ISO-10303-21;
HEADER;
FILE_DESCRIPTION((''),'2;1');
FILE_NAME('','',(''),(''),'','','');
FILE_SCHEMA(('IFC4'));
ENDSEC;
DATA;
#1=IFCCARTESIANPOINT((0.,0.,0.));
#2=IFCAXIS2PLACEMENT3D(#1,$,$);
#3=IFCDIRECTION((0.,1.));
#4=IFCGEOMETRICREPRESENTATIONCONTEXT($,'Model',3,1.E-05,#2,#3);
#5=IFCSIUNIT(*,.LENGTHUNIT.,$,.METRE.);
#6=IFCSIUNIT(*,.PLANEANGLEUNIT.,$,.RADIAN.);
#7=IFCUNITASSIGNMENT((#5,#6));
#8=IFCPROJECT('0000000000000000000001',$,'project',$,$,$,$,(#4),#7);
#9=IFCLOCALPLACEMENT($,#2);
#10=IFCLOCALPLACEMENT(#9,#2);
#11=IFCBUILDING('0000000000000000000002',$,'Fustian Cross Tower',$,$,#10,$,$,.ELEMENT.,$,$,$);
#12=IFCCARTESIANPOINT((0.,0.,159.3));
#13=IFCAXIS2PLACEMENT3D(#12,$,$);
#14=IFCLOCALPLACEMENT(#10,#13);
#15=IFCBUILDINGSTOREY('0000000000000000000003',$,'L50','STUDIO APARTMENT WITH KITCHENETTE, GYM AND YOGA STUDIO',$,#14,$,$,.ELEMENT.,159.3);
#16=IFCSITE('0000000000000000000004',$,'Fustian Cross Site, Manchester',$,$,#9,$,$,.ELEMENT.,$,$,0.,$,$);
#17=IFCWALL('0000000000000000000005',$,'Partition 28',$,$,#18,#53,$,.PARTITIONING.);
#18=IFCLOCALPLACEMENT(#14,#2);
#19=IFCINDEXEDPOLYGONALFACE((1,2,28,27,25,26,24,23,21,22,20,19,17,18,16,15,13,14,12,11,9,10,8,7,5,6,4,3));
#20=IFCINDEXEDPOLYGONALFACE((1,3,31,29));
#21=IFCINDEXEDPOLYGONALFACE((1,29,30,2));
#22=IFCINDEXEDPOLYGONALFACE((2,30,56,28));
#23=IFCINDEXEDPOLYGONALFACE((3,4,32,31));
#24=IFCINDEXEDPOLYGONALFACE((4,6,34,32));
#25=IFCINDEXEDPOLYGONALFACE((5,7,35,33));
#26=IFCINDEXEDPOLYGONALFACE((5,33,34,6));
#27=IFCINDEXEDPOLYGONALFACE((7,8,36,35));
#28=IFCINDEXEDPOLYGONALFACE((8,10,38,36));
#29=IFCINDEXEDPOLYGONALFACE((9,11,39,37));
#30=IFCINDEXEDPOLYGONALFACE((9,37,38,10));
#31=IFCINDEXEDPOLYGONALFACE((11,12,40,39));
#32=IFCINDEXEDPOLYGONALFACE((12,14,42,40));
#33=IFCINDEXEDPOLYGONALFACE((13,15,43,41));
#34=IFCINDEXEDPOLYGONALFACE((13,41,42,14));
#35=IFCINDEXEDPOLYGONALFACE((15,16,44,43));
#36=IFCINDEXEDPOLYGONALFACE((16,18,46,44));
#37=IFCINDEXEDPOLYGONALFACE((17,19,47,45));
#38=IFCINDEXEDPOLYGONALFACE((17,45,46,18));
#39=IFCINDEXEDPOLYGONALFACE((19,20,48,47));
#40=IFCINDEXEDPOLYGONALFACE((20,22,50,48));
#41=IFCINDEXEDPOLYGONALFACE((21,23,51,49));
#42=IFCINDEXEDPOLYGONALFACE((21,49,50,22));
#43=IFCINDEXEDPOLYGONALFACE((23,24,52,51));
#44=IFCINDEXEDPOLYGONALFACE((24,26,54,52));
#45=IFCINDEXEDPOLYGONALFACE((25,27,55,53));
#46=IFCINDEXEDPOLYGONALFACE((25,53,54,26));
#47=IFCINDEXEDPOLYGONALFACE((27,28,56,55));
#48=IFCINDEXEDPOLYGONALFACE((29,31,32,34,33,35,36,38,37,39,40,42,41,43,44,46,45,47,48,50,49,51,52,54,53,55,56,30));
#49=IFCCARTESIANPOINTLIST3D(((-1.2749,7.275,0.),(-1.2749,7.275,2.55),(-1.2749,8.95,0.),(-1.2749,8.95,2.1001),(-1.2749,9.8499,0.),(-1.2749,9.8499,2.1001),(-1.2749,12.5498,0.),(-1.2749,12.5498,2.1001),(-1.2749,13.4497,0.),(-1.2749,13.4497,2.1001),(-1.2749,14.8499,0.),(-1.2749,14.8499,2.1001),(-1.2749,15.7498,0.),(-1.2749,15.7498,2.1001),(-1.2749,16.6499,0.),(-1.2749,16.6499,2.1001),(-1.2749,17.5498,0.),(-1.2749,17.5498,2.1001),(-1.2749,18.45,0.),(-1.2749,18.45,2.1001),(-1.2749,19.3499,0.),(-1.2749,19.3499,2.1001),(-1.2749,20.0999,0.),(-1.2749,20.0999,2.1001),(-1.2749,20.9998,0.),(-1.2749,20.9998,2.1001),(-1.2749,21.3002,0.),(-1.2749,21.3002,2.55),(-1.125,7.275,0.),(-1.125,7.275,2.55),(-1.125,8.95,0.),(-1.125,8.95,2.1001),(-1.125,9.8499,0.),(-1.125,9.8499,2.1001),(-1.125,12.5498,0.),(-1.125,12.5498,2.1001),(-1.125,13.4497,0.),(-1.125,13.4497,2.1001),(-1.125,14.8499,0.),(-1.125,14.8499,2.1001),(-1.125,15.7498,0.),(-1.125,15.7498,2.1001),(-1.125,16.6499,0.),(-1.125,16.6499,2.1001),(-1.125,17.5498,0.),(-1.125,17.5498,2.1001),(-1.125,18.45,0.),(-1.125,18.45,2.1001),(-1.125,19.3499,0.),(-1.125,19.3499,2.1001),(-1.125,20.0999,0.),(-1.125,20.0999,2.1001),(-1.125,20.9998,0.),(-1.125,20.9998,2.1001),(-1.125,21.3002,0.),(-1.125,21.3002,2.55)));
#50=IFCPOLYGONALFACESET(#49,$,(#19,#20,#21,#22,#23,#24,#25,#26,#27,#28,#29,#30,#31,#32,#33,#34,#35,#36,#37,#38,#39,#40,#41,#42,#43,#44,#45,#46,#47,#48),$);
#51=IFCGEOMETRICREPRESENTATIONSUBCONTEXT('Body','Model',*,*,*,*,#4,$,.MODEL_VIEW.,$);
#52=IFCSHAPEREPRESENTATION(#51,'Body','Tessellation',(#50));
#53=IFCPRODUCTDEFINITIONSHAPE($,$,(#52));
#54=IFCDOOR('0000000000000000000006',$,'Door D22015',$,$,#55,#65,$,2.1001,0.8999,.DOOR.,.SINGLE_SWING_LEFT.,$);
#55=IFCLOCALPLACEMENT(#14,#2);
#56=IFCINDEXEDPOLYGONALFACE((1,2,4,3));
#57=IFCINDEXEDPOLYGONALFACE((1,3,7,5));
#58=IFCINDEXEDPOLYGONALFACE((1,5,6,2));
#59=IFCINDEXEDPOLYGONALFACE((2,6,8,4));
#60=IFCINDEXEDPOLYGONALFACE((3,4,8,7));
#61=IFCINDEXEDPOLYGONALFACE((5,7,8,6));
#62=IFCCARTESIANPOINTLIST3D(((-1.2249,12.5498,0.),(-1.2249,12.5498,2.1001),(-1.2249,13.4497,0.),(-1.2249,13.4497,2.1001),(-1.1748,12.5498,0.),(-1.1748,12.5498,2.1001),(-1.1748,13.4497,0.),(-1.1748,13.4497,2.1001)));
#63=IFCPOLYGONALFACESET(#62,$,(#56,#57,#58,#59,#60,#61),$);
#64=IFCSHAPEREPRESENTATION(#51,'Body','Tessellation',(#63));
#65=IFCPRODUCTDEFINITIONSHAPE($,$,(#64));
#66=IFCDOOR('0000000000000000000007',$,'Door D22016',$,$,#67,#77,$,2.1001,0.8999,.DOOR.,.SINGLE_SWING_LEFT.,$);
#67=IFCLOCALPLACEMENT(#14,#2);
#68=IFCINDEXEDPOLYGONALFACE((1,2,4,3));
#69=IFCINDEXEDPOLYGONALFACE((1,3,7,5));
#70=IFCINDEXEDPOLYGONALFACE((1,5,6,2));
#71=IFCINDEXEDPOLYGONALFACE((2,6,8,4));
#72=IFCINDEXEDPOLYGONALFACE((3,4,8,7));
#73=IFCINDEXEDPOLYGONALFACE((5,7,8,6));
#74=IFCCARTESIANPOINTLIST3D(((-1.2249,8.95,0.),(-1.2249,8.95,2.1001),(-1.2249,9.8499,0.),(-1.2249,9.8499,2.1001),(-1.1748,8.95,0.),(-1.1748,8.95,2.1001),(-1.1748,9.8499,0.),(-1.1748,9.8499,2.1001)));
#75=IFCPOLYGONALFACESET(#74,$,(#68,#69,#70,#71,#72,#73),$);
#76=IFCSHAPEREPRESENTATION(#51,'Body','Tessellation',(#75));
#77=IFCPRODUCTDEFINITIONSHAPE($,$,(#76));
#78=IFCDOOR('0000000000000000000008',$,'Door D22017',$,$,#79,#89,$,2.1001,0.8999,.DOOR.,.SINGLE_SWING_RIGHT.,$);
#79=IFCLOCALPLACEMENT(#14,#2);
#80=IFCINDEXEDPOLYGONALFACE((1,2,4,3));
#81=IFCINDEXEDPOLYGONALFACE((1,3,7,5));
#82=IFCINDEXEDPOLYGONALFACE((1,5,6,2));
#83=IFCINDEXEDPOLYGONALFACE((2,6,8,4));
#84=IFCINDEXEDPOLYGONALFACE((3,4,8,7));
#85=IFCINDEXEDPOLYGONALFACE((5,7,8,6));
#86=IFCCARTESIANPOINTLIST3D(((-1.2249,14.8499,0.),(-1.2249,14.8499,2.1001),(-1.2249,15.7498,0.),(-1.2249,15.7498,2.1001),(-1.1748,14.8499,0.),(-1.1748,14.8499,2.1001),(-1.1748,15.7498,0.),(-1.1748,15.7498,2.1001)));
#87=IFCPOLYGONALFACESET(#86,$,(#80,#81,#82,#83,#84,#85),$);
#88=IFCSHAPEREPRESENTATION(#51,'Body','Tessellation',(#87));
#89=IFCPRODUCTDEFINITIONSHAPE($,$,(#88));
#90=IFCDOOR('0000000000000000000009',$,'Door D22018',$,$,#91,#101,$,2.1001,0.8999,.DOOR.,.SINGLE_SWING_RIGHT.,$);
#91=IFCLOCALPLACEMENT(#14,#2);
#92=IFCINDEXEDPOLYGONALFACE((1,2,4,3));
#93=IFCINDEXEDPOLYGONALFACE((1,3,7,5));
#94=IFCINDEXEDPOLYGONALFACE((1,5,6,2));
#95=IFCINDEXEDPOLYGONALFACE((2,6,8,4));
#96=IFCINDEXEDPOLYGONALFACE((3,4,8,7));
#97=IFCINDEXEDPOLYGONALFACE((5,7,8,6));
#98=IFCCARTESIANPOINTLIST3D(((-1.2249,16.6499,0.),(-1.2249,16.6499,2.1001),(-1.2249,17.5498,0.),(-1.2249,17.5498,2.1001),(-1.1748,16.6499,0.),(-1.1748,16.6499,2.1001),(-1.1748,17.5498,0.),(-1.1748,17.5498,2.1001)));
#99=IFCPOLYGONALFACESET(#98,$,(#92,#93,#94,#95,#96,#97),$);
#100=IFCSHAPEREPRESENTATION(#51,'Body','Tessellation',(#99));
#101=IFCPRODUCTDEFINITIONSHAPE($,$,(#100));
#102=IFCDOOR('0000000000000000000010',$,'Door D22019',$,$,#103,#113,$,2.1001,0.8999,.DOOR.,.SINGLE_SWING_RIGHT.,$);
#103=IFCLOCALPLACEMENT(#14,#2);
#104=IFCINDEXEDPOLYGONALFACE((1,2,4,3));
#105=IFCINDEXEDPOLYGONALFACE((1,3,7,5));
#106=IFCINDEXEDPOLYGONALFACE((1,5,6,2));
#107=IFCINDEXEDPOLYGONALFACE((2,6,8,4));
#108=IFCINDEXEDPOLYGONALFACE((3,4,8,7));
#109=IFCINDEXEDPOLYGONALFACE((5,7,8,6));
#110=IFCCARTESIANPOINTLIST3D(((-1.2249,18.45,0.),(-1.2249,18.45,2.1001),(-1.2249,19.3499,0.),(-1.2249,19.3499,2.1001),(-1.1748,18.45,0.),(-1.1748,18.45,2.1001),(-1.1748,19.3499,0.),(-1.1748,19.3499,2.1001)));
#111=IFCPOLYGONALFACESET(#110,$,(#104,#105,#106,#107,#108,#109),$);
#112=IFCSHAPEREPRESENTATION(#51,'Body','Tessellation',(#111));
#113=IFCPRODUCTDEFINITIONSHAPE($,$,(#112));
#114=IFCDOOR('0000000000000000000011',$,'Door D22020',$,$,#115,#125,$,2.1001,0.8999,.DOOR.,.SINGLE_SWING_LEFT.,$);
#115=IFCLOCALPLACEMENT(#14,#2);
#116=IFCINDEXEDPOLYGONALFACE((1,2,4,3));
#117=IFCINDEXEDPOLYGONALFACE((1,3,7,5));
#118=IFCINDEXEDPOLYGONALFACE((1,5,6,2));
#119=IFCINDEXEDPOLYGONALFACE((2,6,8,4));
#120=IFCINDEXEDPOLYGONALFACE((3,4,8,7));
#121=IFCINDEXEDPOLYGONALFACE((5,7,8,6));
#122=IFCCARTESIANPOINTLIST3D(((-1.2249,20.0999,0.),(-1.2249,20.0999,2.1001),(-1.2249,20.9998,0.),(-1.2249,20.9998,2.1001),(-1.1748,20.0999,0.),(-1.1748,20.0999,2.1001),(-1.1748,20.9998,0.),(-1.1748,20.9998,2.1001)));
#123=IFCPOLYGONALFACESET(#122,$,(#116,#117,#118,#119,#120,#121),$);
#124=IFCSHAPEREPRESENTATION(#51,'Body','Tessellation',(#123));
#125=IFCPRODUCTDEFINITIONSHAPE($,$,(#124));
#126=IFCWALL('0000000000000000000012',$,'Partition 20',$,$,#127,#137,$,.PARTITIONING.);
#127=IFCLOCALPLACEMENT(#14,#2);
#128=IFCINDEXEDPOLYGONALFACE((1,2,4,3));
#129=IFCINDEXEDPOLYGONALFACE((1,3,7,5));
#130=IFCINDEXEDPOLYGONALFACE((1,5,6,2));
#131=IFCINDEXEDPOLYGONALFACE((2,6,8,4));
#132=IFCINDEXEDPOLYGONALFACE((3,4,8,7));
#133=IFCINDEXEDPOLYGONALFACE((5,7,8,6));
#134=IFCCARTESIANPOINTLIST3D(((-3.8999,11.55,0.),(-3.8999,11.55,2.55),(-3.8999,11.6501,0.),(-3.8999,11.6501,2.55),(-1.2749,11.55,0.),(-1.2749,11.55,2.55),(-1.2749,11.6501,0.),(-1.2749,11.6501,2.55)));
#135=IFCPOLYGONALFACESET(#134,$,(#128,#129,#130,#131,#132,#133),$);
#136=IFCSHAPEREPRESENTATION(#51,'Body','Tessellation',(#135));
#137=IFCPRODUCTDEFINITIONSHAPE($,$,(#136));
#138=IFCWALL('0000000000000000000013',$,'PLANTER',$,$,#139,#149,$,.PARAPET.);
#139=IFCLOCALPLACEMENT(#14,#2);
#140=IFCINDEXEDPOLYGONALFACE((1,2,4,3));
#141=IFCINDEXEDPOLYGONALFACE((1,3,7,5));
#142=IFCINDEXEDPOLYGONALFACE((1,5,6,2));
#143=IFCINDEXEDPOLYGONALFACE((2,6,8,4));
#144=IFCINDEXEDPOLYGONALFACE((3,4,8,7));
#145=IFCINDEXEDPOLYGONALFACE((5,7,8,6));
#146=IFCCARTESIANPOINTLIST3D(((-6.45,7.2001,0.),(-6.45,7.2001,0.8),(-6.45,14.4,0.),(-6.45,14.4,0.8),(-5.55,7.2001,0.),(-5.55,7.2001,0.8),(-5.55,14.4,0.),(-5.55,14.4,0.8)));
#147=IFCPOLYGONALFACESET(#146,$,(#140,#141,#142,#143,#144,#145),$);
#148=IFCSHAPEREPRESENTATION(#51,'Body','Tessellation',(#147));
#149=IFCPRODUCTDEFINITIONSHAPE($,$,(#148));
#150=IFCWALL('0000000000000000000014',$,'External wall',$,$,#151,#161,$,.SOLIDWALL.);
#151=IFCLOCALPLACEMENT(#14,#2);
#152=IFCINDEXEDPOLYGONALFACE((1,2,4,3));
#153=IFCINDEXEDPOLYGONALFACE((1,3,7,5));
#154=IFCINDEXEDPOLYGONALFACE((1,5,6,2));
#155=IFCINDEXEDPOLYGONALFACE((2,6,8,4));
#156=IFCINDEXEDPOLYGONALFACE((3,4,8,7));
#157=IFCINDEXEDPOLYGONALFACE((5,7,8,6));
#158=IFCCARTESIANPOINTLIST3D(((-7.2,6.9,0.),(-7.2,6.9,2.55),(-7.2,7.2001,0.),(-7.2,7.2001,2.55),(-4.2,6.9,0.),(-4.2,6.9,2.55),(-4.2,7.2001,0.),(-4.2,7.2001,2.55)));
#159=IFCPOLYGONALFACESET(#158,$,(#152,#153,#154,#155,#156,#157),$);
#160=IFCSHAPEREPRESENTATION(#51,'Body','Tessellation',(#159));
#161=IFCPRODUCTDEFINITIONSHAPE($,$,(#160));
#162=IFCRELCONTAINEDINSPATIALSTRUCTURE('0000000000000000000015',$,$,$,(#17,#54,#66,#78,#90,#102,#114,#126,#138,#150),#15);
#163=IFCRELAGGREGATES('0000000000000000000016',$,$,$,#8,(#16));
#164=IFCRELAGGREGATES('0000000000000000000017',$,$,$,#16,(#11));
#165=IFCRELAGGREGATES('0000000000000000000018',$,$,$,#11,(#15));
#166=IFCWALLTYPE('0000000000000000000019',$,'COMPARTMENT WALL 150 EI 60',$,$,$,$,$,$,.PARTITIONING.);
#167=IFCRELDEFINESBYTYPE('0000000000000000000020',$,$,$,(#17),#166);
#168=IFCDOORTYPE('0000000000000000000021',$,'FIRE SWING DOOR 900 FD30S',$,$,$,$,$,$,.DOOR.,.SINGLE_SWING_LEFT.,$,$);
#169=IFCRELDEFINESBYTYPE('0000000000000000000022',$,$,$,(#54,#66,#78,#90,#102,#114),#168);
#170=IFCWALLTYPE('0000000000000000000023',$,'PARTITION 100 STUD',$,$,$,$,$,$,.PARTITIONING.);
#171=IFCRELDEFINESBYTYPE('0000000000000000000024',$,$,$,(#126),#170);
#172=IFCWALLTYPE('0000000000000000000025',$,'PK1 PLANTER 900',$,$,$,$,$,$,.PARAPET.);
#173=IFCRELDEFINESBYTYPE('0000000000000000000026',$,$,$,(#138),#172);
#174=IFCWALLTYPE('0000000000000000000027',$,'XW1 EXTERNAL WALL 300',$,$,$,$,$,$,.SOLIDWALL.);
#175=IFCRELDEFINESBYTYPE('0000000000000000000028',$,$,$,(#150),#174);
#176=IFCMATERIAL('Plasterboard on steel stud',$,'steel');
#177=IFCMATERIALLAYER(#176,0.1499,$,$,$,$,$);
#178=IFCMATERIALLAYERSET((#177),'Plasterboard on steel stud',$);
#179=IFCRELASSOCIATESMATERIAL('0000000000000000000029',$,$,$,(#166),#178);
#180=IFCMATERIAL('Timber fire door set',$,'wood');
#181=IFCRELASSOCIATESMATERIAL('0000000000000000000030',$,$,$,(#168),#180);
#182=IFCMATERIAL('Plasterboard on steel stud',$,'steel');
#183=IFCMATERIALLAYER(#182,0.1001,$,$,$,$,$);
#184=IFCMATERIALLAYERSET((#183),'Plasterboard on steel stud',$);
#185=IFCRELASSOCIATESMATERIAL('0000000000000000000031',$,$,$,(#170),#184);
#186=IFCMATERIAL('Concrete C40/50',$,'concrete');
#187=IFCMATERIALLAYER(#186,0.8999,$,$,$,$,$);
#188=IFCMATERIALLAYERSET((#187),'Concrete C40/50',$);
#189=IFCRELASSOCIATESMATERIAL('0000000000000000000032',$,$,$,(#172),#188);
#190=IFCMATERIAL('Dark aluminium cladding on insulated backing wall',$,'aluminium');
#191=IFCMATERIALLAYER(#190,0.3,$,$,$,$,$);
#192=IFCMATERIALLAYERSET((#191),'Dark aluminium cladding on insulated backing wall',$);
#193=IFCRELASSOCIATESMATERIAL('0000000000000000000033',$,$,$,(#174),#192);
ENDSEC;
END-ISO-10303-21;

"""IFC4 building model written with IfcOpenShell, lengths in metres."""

from ifc_helpers import new_model, si_unit, direction, frame, frame_2d, origin, place, context, subcontext, project, spatial, rectangle, extrude, material, layer, layer_set, type_object, element, fill, save


model = new_model("IFC4")

# Units and contexts
model_context = context("Model", 3, precision=1e-05, world=origin(), true_north=direction((0.0, 1.0)))
body_context = subcontext(model_context, "Body", "Model", "MODEL_VIEW")
ifc_project = project(units=[si_unit("LENGTHUNIT", "METRE"), si_unit("PLANEANGLEUNIT", "RADIAN")], contexts=[model_context])

# Site, building, storey
site_placement = place(None, origin())
site = spatial("IfcSite", under=ifc_project, at=site_placement, Name="Fustian Cross Site, Manchester", CompositionType="ELEMENT", RefElevation=0.0)
building_placement = place(site_placement, origin())
building = spatial("IfcBuilding", under=site, at=building_placement, Name="Fustian Cross Tower", CompositionType="ELEMENT")
storey_placement = place(building_placement, frame((0.0, 0.0, 159.3)))
storey = spatial("IfcBuildingStorey", under=building, at=storey_placement, Name="L50", Description="STUDIO APARTMENT WITH KITCHENETTE, GYM AND YOGA STUDIO", CompositionType="ELEMENT", Elevation=159.3)

# Shared definitions
ifc_material_1 = material(Name="Plasterboard on steel stud", Category="steel")
ifc_layer_1 = layer(ifc_material_1, 0.1499)
ifc_layer_set_1 = layer_set([ifc_layer_1], Name="Plasterboard on steel stud")
wall_type_1 = type_object("IfcWallType", Name="COMPARTMENT WALL 150 EI 60", PredefinedType="PARTITIONING", material=ifc_layer_set_1)

# Wall, openings, doors
wall_1_placement = place(storey_placement, frame((-1.2, 7.2749, 0.0), z_axis=(0.0, 0.0, 1.0), x_axis=(0.0, 1.0, 0.0)))
wall_1 = element("IfcWall", 1, at=wall_1_placement, inside=storey, type_object=wall_type_1, Name="Partition 28", PredefinedType="PARTITIONING", context=body_context, shape_type="SweptSolid", body=[
    extrude(rectangle(XDim=14.0251, YDim=0.1499, at=frame_2d((7.0127, 0.0))), origin(), (0.0, 0.0, 1.0), 2.55),
])
opening_1_placement = place(wall_1_placement, frame((5.2749, 0.0, 0.0)))
opening_1 = element("IfcOpeningElement", 2, at=opening_1_placement, cuts=wall_1, PredefinedType="OPENING", context=body_context, shape_type="SweptSolid", body=[
    extrude(rectangle(XDim=0.8999, YDim=2.1001, at=frame_2d((0.45, 1.05))), frame((0.0, 0.085, 0.0), z_axis=(0.0, -1.0, 0.0), x_axis=(1.0, 0.0, 0.0)), (0.0, 0.0, 1.0), 0.1699),
])
opening_2_placement = place(wall_1_placement, frame((1.675, 0.0, 0.0)))
opening_2 = element("IfcOpeningElement", 3, at=opening_2_placement, cuts=wall_1, PredefinedType="OPENING", context=body_context, shape_type="SweptSolid", body=[
    extrude(rectangle(XDim=0.8999, YDim=2.1001, at=frame_2d((0.45, 1.05))), frame((0.0, 0.085, 0.0), z_axis=(0.0, -1.0, 0.0), x_axis=(1.0, 0.0, 0.0)), (0.0, 0.0, 1.0), 0.1699),
])
opening_3_placement = place(wall_1_placement, frame((7.575, 0.0, 0.0)))
opening_3 = element("IfcOpeningElement", 4, at=opening_3_placement, cuts=wall_1, PredefinedType="OPENING", context=body_context, shape_type="SweptSolid", body=[
    extrude(rectangle(XDim=0.8999, YDim=2.1001, at=frame_2d((0.45, 1.05))), frame((0.0, 0.085, 0.0), z_axis=(0.0, -1.0, 0.0), x_axis=(1.0, 0.0, 0.0)), (0.0, 0.0, 1.0), 0.1699),
])
opening_4_placement = place(wall_1_placement, frame((9.375, 0.0, 0.0)))
opening_4 = element("IfcOpeningElement", 5, at=opening_4_placement, cuts=wall_1, PredefinedType="OPENING", context=body_context, shape_type="SweptSolid", body=[
    extrude(rectangle(XDim=0.8999, YDim=2.1001, at=frame_2d((0.45, 1.05))), frame((0.0, 0.085, 0.0), z_axis=(0.0, -1.0, 0.0), x_axis=(1.0, 0.0, 0.0)), (0.0, 0.0, 1.0), 0.1699),
])
opening_5_placement = place(wall_1_placement, frame((11.175, 0.0, 0.0)))
opening_5 = element("IfcOpeningElement", 6, at=opening_5_placement, cuts=wall_1, PredefinedType="OPENING", context=body_context, shape_type="SweptSolid", body=[
    extrude(rectangle(XDim=0.8999, YDim=2.1001, at=frame_2d((0.45, 1.05))), frame((0.0, 0.085, 0.0), z_axis=(0.0, -1.0, 0.0), x_axis=(1.0, 0.0, 0.0)), (0.0, 0.0, 1.0), 0.1699),
])
opening_6_placement = place(wall_1_placement, frame((12.825, 0.0, 0.0)))
opening_6 = element("IfcOpeningElement", 7, at=opening_6_placement, cuts=wall_1, PredefinedType="OPENING", context=body_context, shape_type="SweptSolid", body=[
    extrude(rectangle(XDim=0.8999, YDim=2.1001, at=frame_2d((0.45, 1.05))), frame((0.0, 0.085, 0.0), z_axis=(0.0, -1.0, 0.0), x_axis=(1.0, 0.0, 0.0)), (0.0, 0.0, 1.0), 0.1699),
])
ifc_material_2 = material(Name="Timber fire door set", Category="wood")
door_type = type_object("IfcDoorType", Name="FIRE SWING DOOR 900 FD30S", OperationType="SINGLE_SWING_LEFT", PredefinedType="DOOR", material=ifc_material_2)
door_1_placement = place(opening_1_placement, origin())
door_1 = element("IfcDoor", 8, at=door_1_placement, inside=storey, type_object=door_type, Name="Door D22015", OperationType="SINGLE_SWING_LEFT", OverallHeight=2.1001, OverallWidth=0.8999, PredefinedType="DOOR", context=body_context, shape_type="SweptSolid", body=[
    extrude(rectangle(XDim=0.8999, YDim=2.1001, at=frame_2d((0.45, 1.05))), frame((0.0, 0.0249, 0.0), z_axis=(0.0, -1.0, 0.0), x_axis=(1.0, 0.0, 0.0)), (0.0, 0.0, 1.0), 0.05),
])
fill(opening_1, door_1)
door_2_placement = place(opening_2_placement, origin())
door_2 = element("IfcDoor", 9, at=door_2_placement, inside=storey, type_object=door_type, Name="Door D22016", OperationType="SINGLE_SWING_LEFT", OverallHeight=2.1001, OverallWidth=0.8999, PredefinedType="DOOR", context=body_context, shape_type="SweptSolid", body=[
    extrude(rectangle(XDim=0.8999, YDim=2.1001, at=frame_2d((0.45, 1.05))), frame((0.0, 0.0249, 0.0), z_axis=(0.0, -1.0, 0.0), x_axis=(1.0, 0.0, 0.0)), (0.0, 0.0, 1.0), 0.05),
])
fill(opening_2, door_2)
door_3_placement = place(opening_3_placement, origin())
door_3 = element("IfcDoor", 10, at=door_3_placement, inside=storey, type_object=door_type, Name="Door D22017", OperationType="SINGLE_SWING_RIGHT", OverallHeight=2.1001, OverallWidth=0.8999, PredefinedType="DOOR", context=body_context, shape_type="SweptSolid", body=[
    extrude(rectangle(XDim=0.8999, YDim=2.1001, at=frame_2d((0.45, 1.05))), frame((0.0, 0.0249, 0.0), z_axis=(0.0, -1.0, 0.0), x_axis=(1.0, 0.0, 0.0)), (0.0, 0.0, 1.0), 0.05),
])
fill(opening_3, door_3)
door_4_placement = place(opening_4_placement, origin())
door_4 = element("IfcDoor", 11, at=door_4_placement, inside=storey, type_object=door_type, Name="Door D22018", OperationType="SINGLE_SWING_RIGHT", OverallHeight=2.1001, OverallWidth=0.8999, PredefinedType="DOOR", context=body_context, shape_type="SweptSolid", body=[
    extrude(rectangle(XDim=0.8999, YDim=2.1001, at=frame_2d((0.45, 1.05))), frame((0.0, 0.0249, 0.0), z_axis=(0.0, -1.0, 0.0), x_axis=(1.0, 0.0, 0.0)), (0.0, 0.0, 1.0), 0.05),
])
fill(opening_4, door_4)
door_5_placement = place(opening_5_placement, origin())
door_5 = element("IfcDoor", 12, at=door_5_placement, inside=storey, type_object=door_type, Name="Door D22019", OperationType="SINGLE_SWING_RIGHT", OverallHeight=2.1001, OverallWidth=0.8999, PredefinedType="DOOR", context=body_context, shape_type="SweptSolid", body=[
    extrude(rectangle(XDim=0.8999, YDim=2.1001, at=frame_2d((0.45, 1.05))), frame((0.0, 0.0249, 0.0), z_axis=(0.0, -1.0, 0.0), x_axis=(1.0, 0.0, 0.0)), (0.0, 0.0, 1.0), 0.05),
])
fill(opening_5, door_5)
door_6_placement = place(opening_6_placement, origin())
door_6 = element("IfcDoor", 13, at=door_6_placement, inside=storey, type_object=door_type, Name="Door D22020", OperationType="SINGLE_SWING_LEFT", OverallHeight=2.1001, OverallWidth=0.8999, PredefinedType="DOOR", context=body_context, shape_type="SweptSolid", body=[
    extrude(rectangle(XDim=0.8999, YDim=2.1001, at=frame_2d((0.45, 1.05))), frame((0.0, 0.0249, 0.0), z_axis=(0.0, -1.0, 0.0), x_axis=(1.0, 0.0, 0.0)), (0.0, 0.0, 1.0), 0.05),
])
fill(opening_6, door_6)

# Walls
ifc_material_3 = material(Name="Plasterboard on steel stud", Category="steel")
ifc_layer_2 = layer(ifc_material_3, 0.1001)
ifc_layer_set_2 = layer_set([ifc_layer_2], Name="Plasterboard on steel stud")
wall_type_2 = type_object("IfcWallType", Name="PARTITION 100 STUD", PredefinedType="PARTITIONING", material=ifc_layer_set_2)
wall_2_placement = place(storey_placement, frame((-3.8999, 11.6001, 0.0), z_axis=(0.0, 0.0, 1.0), x_axis=(1.0, 0.0, 0.0)))
element("IfcWall", 14, at=wall_2_placement, inside=storey, type_object=wall_type_2, Name="Partition 20", PredefinedType="PARTITIONING", context=body_context, shape_type="SweptSolid", body=[
    extrude(rectangle(XDim=2.625, YDim=0.1001, at=frame_2d((1.3125, 0.0))), origin(), (0.0, 0.0, 1.0), 2.55),
])
ifc_material_4 = material(Name="Concrete C40/50", Category="concrete")
ifc_layer_3 = layer(ifc_material_4, 0.8999)
ifc_layer_set_3 = layer_set([ifc_layer_3], Name="Concrete C40/50")
wall_type_3 = type_object("IfcWallType", Name="PK1 PLANTER 900", PredefinedType="PARAPET", material=ifc_layer_set_3)
wall_3_placement = place(storey_placement, frame((-6.0, 7.2, 0.0), z_axis=(0.0, 0.0, 1.0), x_axis=(0.0, 1.0, 0.0)))
element("IfcWall", 15, at=wall_3_placement, inside=storey, type_object=wall_type_3, Name="PLANTER", PredefinedType="PARAPET", context=body_context, shape_type="SweptSolid", body=[
    extrude(rectangle(XDim=7.2, YDim=0.8999, at=frame_2d((3.6001, 0.0))), origin(), (0.0, 0.0, 1.0), 0.8),
])
ifc_material_5 = material(Name="Dark aluminium cladding on insulated backing wall", Category="aluminium")
ifc_layer_4 = layer(ifc_material_5, 0.3)
ifc_layer_set_4 = layer_set([ifc_layer_4], Name="Dark aluminium cladding on insulated backing wall")
wall_type_4 = type_object("IfcWallType", Name="XW1 EXTERNAL WALL 300", PredefinedType="SOLIDWALL", material=ifc_layer_set_4)
wall_4_placement = place(storey_placement, frame((-4.2, 7.05, 0.0), z_axis=(0.0, 0.0, 1.0), x_axis=(-1.0, 0.0, 0.0)))
element("IfcWall", 16, at=wall_4_placement, inside=storey, type_object=wall_type_4, Name="External wall", PredefinedType="SOLIDWALL", context=body_context, shape_type="SweptSolid", body=[
    extrude(rectangle(XDim=3.0, YDim=0.3, at=frame_2d((1.5, 0.0))), origin(), (0.0, 0.0, 1.0), 2.55),
])

save(model, "model.ifc")
